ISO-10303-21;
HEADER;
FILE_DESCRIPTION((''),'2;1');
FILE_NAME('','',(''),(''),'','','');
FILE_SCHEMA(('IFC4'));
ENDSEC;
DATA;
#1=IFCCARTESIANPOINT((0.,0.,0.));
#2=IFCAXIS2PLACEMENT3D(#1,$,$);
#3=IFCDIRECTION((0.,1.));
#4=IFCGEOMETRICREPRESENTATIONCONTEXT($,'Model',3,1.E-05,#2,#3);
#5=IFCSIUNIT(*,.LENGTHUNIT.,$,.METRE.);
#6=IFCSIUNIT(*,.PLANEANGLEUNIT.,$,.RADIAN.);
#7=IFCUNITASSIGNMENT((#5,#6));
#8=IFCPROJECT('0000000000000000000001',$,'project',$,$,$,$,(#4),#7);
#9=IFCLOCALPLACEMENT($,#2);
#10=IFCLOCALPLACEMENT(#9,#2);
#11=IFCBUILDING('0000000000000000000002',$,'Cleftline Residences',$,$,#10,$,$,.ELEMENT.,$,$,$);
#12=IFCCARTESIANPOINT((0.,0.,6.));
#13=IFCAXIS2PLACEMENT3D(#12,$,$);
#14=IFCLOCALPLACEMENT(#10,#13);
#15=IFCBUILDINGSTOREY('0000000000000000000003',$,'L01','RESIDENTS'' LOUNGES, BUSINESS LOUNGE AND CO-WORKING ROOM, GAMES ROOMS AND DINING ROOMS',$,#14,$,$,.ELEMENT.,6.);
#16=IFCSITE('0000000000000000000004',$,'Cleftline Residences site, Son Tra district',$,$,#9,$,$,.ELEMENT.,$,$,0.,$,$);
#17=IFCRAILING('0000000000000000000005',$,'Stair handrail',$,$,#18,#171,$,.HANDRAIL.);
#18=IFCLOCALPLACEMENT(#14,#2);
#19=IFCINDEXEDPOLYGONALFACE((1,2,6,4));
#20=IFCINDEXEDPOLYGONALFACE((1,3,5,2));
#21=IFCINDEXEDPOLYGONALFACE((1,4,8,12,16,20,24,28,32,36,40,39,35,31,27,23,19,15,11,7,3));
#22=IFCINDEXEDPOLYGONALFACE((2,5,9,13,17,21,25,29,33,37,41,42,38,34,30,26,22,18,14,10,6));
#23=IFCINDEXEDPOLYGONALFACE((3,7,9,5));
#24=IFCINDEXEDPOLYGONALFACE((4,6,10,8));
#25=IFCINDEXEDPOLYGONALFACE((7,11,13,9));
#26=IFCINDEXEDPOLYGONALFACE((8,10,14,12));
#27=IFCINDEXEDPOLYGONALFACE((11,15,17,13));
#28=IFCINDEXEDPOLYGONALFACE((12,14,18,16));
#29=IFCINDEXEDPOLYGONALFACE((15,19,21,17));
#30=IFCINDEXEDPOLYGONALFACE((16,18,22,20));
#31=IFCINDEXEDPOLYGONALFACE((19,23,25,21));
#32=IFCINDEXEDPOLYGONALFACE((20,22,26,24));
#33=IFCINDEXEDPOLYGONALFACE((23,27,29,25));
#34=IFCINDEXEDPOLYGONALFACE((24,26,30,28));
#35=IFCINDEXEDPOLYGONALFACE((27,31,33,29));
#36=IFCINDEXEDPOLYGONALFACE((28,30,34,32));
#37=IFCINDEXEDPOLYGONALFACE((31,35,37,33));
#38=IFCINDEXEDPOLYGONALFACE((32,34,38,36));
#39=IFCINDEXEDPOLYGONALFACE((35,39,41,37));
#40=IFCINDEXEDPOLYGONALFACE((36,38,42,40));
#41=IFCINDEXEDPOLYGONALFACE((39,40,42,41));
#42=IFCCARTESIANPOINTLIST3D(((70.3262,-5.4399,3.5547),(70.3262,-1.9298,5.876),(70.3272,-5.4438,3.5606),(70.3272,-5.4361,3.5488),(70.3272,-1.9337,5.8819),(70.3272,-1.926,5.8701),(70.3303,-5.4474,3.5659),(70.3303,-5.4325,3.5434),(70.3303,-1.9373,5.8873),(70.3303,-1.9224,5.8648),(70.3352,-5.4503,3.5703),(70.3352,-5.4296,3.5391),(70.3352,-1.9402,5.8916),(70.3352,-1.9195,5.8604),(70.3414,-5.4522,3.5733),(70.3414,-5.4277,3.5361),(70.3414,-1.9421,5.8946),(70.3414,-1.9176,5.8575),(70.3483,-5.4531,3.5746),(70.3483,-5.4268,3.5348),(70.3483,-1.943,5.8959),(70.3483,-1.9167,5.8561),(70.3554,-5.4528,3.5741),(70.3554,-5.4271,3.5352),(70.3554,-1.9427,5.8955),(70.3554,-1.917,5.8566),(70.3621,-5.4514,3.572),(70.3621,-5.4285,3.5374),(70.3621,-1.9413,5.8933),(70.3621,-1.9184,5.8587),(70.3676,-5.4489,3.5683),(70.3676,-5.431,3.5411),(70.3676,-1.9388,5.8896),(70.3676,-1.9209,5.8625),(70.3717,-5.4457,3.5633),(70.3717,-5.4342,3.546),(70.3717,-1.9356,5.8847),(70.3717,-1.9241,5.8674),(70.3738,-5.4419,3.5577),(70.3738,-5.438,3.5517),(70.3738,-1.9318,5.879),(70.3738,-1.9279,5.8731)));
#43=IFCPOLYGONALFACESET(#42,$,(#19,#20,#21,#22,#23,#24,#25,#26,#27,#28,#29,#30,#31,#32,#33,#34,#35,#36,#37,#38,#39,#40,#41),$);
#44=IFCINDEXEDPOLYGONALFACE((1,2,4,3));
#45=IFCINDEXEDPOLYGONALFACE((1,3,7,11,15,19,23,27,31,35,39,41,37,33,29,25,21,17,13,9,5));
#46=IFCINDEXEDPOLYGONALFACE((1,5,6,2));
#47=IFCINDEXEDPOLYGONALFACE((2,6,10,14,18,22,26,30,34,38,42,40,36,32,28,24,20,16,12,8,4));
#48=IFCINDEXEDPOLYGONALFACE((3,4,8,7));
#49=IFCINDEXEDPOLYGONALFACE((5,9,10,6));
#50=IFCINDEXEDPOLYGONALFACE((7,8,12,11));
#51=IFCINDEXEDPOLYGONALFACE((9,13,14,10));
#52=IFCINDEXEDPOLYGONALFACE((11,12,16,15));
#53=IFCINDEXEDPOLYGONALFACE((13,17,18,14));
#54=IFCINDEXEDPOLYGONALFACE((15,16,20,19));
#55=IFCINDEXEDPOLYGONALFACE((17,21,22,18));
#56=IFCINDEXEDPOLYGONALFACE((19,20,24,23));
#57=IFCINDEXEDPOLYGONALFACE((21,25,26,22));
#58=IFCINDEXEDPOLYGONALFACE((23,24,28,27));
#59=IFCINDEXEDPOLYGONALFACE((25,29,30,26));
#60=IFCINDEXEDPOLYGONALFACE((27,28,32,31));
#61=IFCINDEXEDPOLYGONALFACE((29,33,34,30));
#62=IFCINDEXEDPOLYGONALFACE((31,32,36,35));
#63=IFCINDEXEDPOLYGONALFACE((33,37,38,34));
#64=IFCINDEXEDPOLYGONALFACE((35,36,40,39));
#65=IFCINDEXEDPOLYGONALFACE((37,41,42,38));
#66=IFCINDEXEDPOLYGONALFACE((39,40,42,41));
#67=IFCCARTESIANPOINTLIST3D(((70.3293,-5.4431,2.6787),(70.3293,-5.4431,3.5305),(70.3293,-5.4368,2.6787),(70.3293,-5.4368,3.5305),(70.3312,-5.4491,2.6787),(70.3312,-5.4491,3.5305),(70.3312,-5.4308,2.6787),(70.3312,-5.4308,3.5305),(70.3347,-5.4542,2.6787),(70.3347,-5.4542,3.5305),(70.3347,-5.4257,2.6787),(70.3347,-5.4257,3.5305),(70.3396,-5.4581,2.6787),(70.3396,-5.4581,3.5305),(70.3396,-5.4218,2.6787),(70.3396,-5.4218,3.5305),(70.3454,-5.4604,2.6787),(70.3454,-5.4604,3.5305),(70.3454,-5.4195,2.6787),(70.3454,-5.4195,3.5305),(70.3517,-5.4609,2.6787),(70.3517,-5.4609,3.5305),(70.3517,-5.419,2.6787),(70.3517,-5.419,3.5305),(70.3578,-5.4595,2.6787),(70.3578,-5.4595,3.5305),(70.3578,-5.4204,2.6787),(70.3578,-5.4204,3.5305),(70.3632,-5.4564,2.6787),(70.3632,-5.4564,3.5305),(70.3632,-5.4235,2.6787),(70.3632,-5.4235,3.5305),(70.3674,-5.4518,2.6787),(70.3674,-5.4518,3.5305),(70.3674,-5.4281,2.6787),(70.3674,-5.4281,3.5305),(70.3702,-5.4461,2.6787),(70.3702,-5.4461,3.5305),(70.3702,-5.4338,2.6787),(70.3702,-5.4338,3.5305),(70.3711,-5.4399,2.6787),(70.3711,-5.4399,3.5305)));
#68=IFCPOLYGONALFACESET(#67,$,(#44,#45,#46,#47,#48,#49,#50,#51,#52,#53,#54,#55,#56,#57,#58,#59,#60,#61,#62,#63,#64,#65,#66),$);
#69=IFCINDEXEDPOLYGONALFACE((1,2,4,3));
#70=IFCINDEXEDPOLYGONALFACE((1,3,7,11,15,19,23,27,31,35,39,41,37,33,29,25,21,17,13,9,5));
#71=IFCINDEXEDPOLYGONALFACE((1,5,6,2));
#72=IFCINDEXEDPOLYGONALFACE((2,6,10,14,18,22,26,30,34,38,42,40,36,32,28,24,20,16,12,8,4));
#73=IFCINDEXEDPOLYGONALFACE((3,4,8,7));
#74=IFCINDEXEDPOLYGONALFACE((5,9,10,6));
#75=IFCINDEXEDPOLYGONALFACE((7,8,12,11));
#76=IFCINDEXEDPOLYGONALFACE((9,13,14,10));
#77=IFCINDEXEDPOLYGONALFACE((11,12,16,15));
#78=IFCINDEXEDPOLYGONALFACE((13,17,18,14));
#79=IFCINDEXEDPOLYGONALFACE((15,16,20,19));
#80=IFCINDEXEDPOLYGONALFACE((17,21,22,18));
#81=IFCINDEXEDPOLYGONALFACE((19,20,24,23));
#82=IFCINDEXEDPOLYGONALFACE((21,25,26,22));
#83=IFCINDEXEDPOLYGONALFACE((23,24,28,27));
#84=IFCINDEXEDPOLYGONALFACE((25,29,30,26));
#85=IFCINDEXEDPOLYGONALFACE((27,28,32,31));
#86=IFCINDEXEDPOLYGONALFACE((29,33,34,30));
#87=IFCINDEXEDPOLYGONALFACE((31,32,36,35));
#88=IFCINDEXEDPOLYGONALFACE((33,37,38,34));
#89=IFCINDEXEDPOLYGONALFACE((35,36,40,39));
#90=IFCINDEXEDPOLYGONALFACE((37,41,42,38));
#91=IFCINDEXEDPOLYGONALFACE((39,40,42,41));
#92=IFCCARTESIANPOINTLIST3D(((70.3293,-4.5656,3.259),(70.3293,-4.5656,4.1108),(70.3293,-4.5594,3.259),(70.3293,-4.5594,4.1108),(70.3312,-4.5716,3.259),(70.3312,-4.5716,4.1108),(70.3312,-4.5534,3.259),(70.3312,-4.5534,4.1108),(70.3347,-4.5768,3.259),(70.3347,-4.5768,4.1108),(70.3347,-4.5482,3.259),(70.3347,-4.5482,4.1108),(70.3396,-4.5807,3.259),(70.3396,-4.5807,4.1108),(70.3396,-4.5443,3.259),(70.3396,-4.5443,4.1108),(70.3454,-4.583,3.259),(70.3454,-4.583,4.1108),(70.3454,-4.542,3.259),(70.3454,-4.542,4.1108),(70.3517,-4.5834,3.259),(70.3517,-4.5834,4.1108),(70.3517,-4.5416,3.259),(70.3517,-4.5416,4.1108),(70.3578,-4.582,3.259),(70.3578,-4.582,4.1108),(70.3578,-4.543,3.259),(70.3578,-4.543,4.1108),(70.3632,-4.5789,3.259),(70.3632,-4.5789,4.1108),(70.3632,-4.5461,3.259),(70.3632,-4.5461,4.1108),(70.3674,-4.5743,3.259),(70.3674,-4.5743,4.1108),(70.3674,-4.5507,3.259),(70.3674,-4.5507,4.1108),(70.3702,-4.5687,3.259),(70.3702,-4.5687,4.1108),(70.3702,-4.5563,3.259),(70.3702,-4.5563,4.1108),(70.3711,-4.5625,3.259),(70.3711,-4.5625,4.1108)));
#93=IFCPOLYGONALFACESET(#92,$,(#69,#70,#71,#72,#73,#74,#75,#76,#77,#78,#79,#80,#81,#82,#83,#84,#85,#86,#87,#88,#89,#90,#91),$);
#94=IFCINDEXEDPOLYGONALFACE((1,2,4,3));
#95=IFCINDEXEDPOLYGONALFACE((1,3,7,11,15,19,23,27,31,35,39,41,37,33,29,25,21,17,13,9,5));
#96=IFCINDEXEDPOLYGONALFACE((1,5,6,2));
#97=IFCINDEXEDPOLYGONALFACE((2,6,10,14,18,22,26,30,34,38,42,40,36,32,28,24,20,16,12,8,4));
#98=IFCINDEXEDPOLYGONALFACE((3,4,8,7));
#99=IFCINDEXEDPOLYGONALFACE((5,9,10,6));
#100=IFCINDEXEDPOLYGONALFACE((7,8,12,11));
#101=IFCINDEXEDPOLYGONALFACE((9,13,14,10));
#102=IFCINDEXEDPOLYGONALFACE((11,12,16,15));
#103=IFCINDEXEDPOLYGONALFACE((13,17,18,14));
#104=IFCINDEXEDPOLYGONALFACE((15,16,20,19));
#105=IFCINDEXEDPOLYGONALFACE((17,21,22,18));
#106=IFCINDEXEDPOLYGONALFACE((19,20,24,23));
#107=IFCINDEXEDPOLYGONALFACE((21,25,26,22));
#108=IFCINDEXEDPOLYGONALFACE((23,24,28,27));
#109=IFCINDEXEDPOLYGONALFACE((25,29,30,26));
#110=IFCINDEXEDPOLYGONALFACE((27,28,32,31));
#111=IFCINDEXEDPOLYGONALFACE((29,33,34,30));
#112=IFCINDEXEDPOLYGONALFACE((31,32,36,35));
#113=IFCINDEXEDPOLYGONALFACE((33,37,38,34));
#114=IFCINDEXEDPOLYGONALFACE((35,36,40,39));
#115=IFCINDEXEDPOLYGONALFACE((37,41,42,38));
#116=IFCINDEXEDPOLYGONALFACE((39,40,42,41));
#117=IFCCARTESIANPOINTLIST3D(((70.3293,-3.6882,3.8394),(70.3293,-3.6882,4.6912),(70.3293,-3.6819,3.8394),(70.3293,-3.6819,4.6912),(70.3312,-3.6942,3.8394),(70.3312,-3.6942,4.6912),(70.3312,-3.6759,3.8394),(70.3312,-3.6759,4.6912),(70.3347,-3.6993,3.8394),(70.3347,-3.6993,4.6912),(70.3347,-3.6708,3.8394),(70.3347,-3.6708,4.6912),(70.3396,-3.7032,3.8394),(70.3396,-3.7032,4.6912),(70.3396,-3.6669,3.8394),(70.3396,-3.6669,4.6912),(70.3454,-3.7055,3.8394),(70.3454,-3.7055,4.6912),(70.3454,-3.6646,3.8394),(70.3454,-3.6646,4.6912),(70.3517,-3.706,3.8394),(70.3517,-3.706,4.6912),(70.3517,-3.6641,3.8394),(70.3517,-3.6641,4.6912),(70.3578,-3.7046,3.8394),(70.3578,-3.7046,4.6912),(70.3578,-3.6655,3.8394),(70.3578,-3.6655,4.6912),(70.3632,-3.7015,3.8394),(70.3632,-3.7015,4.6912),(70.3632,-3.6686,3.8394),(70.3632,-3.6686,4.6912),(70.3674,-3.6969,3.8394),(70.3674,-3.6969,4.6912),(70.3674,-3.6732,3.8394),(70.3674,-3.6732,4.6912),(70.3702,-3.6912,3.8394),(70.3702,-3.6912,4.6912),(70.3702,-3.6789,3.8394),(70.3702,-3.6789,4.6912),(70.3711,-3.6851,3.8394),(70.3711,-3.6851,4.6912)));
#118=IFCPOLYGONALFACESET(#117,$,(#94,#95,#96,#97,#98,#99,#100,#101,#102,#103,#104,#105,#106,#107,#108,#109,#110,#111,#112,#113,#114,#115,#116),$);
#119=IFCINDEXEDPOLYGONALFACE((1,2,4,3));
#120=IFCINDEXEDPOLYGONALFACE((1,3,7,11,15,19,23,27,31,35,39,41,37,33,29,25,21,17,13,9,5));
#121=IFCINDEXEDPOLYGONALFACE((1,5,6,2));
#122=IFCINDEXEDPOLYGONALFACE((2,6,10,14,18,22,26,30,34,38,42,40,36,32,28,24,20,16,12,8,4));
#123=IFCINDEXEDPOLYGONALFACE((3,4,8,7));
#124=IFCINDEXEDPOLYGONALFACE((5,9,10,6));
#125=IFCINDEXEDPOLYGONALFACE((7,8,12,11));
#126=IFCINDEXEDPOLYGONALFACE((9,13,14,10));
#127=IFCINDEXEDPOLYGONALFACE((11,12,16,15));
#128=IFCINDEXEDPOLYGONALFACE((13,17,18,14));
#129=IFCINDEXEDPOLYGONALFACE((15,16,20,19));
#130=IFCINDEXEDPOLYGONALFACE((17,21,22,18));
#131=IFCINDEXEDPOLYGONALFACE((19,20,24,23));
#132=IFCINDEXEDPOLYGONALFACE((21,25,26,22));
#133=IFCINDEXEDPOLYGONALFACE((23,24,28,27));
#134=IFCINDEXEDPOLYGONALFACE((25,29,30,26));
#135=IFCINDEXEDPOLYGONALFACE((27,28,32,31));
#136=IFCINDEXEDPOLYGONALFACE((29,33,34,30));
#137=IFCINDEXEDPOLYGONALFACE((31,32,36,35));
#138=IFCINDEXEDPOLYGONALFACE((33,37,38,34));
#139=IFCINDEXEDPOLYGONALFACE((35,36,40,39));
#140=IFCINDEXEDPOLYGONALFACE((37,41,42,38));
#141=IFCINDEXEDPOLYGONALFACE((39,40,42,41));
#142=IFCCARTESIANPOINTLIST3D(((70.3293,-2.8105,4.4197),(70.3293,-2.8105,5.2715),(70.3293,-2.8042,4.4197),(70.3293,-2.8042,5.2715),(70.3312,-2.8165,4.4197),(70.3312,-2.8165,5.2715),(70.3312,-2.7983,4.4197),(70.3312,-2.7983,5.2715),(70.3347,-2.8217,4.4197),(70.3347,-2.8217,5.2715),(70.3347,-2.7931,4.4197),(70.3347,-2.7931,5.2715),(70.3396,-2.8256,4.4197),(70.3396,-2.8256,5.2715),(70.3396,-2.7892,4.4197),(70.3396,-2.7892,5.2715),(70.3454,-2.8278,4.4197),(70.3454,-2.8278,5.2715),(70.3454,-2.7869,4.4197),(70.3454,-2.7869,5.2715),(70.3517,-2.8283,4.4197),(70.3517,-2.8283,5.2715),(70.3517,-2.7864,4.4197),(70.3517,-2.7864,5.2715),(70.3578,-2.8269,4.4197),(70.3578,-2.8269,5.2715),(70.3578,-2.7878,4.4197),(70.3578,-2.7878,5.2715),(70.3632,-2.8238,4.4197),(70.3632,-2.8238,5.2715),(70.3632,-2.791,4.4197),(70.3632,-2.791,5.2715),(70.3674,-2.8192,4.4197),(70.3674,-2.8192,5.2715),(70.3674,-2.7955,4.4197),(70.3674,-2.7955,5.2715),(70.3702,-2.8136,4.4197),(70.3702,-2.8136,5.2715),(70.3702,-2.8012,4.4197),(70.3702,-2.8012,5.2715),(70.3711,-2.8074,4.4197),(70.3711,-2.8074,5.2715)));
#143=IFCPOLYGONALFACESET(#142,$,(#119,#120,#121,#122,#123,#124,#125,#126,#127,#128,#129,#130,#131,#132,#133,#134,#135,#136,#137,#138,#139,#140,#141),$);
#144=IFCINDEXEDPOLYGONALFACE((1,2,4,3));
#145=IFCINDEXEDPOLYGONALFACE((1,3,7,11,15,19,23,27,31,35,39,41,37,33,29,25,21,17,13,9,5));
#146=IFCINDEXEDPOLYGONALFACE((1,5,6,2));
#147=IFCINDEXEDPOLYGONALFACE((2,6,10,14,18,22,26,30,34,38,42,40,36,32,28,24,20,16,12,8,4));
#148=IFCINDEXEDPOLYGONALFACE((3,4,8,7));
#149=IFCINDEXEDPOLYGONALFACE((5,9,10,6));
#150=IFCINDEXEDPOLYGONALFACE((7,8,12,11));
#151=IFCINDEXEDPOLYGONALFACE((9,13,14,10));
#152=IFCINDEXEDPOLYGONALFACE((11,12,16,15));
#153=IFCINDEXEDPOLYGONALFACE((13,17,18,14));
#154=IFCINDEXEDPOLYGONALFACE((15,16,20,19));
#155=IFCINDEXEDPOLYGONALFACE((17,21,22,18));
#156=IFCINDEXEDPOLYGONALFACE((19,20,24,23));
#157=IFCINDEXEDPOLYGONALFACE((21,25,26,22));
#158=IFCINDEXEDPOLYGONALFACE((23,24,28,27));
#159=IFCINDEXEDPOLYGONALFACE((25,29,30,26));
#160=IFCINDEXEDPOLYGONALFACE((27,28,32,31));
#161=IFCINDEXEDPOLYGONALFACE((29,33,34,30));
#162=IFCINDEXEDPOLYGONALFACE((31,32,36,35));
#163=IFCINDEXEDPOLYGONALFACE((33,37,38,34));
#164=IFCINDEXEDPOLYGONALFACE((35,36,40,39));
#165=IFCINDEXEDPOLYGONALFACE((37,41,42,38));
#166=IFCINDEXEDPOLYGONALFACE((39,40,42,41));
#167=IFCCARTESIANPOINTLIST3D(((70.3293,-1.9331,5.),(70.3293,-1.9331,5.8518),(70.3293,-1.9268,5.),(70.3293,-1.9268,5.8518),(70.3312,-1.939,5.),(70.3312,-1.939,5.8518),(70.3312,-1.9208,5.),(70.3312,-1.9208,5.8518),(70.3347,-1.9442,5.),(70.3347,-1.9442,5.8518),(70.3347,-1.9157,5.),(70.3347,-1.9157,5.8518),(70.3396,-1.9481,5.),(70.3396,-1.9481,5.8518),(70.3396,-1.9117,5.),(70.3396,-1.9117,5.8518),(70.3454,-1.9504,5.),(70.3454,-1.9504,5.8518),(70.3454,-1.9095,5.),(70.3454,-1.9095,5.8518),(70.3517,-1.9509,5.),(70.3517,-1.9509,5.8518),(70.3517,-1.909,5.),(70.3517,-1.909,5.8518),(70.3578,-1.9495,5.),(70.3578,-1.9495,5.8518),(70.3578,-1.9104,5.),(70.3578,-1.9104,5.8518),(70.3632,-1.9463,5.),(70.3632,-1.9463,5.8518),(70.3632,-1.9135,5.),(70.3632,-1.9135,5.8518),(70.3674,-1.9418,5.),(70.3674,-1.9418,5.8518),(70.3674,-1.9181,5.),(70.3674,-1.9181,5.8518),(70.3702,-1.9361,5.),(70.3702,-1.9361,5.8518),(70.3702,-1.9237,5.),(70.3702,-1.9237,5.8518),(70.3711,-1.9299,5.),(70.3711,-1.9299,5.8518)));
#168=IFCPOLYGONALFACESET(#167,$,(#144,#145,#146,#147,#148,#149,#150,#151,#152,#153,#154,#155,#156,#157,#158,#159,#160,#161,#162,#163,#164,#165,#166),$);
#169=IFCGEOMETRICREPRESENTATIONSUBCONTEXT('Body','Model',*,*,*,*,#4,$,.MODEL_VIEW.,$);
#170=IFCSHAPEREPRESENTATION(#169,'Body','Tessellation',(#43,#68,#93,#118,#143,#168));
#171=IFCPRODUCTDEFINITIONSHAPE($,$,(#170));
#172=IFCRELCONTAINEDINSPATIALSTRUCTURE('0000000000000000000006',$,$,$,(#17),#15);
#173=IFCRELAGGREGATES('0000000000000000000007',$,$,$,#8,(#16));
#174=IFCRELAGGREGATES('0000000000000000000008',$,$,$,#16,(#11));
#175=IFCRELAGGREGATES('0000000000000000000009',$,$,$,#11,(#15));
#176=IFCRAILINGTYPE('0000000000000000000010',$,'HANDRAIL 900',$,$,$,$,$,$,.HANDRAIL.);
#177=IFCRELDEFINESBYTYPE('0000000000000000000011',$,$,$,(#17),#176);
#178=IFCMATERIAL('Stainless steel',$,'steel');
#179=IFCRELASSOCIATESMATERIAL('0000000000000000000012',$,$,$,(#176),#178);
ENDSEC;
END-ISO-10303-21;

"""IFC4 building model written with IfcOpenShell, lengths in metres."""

from ifc_helpers import new_model, si_unit, direction, frame, origin, origin_2d, place, context, subcontext, project, spatial, circle, extrude, material, type_object, element, save


model = new_model("IFC4")

# Units and contexts
model_context = context("Model", 3, precision=1e-05, world=origin(), true_north=direction((0.0, 1.0)))
body_context = subcontext(model_context, "Body", "Model", "MODEL_VIEW")
ifc_project = project(units=[si_unit("LENGTHUNIT", "METRE"), si_unit("PLANEANGLEUNIT", "RADIAN")], contexts=[model_context])

# Site, building, storey
site_placement = place(None, origin())
site = spatial("IfcSite", under=ifc_project, at=site_placement, Name="Cleftline Residences site, Son Tra district", CompositionType="ELEMENT", RefElevation=0.0)
building_placement = place(site_placement, origin())
building = spatial("IfcBuilding", under=site, at=building_placement, Name="Cleftline Residences", CompositionType="ELEMENT")
storey_placement = place(building_placement, frame((0.0, 0.0, 6.0)))
storey = spatial("IfcBuildingStorey", under=building, at=storey_placement, Name="L01", Description="RESIDENTS' LOUNGES, BUSINESS LOUNGE AND CO-WORKING ROOM, GAMES ROOMS AND DINING ROOMS", CompositionType="ELEMENT", Elevation=6.0)

# Railing
ifc_material_1 = material(Name="Stainless steel", Category="steel")
railing_type = type_object("IfcRailingType", Name="HANDRAIL 900", PredefinedType="HANDRAIL", material=ifc_material_1)
railing_1_placement = place(storey_placement, frame((70.3501, -5.4399, 2.6787)))
element("IfcRailing", 1, at=railing_1_placement, inside=storey, type_object=railing_type, Name="Stair handrail", PredefinedType="HANDRAIL", context=body_context, shape_type="SweptSolid", body=[
    extrude(circle(Radius=0.0239, at=origin_2d()), frame((0.0, 0.0, 0.876), z_axis=(0.0, 0.834097, 0.551617), x_axis=(-1.0, 0.0, 0.0)), (0.0, 0.0, 1.0), 4.2083),
    extrude(circle(Radius=0.021, at=origin_2d()), origin(), (0.0, 0.0, 1.0), 0.8518),
    extrude(circle(Radius=0.021, at=origin_2d()), frame((0.0, 0.8774, 0.5803)), (0.0, 0.0, 1.0), 0.8518),
    extrude(circle(Radius=0.021, at=origin_2d()), frame((0.0, 1.7549, 1.1606)), (0.0, 0.0, 1.0), 0.8518),
    extrude(circle(Radius=0.021, at=origin_2d()), frame((0.0, 2.6326, 1.741)), (0.0, 0.0, 1.0), 0.8518),
    extrude(circle(Radius=0.021, at=origin_2d()), frame((0.0, 3.51, 2.3213)), (0.0, 0.0, 1.0), 0.8518),
])

save(model, "model.ifc")
